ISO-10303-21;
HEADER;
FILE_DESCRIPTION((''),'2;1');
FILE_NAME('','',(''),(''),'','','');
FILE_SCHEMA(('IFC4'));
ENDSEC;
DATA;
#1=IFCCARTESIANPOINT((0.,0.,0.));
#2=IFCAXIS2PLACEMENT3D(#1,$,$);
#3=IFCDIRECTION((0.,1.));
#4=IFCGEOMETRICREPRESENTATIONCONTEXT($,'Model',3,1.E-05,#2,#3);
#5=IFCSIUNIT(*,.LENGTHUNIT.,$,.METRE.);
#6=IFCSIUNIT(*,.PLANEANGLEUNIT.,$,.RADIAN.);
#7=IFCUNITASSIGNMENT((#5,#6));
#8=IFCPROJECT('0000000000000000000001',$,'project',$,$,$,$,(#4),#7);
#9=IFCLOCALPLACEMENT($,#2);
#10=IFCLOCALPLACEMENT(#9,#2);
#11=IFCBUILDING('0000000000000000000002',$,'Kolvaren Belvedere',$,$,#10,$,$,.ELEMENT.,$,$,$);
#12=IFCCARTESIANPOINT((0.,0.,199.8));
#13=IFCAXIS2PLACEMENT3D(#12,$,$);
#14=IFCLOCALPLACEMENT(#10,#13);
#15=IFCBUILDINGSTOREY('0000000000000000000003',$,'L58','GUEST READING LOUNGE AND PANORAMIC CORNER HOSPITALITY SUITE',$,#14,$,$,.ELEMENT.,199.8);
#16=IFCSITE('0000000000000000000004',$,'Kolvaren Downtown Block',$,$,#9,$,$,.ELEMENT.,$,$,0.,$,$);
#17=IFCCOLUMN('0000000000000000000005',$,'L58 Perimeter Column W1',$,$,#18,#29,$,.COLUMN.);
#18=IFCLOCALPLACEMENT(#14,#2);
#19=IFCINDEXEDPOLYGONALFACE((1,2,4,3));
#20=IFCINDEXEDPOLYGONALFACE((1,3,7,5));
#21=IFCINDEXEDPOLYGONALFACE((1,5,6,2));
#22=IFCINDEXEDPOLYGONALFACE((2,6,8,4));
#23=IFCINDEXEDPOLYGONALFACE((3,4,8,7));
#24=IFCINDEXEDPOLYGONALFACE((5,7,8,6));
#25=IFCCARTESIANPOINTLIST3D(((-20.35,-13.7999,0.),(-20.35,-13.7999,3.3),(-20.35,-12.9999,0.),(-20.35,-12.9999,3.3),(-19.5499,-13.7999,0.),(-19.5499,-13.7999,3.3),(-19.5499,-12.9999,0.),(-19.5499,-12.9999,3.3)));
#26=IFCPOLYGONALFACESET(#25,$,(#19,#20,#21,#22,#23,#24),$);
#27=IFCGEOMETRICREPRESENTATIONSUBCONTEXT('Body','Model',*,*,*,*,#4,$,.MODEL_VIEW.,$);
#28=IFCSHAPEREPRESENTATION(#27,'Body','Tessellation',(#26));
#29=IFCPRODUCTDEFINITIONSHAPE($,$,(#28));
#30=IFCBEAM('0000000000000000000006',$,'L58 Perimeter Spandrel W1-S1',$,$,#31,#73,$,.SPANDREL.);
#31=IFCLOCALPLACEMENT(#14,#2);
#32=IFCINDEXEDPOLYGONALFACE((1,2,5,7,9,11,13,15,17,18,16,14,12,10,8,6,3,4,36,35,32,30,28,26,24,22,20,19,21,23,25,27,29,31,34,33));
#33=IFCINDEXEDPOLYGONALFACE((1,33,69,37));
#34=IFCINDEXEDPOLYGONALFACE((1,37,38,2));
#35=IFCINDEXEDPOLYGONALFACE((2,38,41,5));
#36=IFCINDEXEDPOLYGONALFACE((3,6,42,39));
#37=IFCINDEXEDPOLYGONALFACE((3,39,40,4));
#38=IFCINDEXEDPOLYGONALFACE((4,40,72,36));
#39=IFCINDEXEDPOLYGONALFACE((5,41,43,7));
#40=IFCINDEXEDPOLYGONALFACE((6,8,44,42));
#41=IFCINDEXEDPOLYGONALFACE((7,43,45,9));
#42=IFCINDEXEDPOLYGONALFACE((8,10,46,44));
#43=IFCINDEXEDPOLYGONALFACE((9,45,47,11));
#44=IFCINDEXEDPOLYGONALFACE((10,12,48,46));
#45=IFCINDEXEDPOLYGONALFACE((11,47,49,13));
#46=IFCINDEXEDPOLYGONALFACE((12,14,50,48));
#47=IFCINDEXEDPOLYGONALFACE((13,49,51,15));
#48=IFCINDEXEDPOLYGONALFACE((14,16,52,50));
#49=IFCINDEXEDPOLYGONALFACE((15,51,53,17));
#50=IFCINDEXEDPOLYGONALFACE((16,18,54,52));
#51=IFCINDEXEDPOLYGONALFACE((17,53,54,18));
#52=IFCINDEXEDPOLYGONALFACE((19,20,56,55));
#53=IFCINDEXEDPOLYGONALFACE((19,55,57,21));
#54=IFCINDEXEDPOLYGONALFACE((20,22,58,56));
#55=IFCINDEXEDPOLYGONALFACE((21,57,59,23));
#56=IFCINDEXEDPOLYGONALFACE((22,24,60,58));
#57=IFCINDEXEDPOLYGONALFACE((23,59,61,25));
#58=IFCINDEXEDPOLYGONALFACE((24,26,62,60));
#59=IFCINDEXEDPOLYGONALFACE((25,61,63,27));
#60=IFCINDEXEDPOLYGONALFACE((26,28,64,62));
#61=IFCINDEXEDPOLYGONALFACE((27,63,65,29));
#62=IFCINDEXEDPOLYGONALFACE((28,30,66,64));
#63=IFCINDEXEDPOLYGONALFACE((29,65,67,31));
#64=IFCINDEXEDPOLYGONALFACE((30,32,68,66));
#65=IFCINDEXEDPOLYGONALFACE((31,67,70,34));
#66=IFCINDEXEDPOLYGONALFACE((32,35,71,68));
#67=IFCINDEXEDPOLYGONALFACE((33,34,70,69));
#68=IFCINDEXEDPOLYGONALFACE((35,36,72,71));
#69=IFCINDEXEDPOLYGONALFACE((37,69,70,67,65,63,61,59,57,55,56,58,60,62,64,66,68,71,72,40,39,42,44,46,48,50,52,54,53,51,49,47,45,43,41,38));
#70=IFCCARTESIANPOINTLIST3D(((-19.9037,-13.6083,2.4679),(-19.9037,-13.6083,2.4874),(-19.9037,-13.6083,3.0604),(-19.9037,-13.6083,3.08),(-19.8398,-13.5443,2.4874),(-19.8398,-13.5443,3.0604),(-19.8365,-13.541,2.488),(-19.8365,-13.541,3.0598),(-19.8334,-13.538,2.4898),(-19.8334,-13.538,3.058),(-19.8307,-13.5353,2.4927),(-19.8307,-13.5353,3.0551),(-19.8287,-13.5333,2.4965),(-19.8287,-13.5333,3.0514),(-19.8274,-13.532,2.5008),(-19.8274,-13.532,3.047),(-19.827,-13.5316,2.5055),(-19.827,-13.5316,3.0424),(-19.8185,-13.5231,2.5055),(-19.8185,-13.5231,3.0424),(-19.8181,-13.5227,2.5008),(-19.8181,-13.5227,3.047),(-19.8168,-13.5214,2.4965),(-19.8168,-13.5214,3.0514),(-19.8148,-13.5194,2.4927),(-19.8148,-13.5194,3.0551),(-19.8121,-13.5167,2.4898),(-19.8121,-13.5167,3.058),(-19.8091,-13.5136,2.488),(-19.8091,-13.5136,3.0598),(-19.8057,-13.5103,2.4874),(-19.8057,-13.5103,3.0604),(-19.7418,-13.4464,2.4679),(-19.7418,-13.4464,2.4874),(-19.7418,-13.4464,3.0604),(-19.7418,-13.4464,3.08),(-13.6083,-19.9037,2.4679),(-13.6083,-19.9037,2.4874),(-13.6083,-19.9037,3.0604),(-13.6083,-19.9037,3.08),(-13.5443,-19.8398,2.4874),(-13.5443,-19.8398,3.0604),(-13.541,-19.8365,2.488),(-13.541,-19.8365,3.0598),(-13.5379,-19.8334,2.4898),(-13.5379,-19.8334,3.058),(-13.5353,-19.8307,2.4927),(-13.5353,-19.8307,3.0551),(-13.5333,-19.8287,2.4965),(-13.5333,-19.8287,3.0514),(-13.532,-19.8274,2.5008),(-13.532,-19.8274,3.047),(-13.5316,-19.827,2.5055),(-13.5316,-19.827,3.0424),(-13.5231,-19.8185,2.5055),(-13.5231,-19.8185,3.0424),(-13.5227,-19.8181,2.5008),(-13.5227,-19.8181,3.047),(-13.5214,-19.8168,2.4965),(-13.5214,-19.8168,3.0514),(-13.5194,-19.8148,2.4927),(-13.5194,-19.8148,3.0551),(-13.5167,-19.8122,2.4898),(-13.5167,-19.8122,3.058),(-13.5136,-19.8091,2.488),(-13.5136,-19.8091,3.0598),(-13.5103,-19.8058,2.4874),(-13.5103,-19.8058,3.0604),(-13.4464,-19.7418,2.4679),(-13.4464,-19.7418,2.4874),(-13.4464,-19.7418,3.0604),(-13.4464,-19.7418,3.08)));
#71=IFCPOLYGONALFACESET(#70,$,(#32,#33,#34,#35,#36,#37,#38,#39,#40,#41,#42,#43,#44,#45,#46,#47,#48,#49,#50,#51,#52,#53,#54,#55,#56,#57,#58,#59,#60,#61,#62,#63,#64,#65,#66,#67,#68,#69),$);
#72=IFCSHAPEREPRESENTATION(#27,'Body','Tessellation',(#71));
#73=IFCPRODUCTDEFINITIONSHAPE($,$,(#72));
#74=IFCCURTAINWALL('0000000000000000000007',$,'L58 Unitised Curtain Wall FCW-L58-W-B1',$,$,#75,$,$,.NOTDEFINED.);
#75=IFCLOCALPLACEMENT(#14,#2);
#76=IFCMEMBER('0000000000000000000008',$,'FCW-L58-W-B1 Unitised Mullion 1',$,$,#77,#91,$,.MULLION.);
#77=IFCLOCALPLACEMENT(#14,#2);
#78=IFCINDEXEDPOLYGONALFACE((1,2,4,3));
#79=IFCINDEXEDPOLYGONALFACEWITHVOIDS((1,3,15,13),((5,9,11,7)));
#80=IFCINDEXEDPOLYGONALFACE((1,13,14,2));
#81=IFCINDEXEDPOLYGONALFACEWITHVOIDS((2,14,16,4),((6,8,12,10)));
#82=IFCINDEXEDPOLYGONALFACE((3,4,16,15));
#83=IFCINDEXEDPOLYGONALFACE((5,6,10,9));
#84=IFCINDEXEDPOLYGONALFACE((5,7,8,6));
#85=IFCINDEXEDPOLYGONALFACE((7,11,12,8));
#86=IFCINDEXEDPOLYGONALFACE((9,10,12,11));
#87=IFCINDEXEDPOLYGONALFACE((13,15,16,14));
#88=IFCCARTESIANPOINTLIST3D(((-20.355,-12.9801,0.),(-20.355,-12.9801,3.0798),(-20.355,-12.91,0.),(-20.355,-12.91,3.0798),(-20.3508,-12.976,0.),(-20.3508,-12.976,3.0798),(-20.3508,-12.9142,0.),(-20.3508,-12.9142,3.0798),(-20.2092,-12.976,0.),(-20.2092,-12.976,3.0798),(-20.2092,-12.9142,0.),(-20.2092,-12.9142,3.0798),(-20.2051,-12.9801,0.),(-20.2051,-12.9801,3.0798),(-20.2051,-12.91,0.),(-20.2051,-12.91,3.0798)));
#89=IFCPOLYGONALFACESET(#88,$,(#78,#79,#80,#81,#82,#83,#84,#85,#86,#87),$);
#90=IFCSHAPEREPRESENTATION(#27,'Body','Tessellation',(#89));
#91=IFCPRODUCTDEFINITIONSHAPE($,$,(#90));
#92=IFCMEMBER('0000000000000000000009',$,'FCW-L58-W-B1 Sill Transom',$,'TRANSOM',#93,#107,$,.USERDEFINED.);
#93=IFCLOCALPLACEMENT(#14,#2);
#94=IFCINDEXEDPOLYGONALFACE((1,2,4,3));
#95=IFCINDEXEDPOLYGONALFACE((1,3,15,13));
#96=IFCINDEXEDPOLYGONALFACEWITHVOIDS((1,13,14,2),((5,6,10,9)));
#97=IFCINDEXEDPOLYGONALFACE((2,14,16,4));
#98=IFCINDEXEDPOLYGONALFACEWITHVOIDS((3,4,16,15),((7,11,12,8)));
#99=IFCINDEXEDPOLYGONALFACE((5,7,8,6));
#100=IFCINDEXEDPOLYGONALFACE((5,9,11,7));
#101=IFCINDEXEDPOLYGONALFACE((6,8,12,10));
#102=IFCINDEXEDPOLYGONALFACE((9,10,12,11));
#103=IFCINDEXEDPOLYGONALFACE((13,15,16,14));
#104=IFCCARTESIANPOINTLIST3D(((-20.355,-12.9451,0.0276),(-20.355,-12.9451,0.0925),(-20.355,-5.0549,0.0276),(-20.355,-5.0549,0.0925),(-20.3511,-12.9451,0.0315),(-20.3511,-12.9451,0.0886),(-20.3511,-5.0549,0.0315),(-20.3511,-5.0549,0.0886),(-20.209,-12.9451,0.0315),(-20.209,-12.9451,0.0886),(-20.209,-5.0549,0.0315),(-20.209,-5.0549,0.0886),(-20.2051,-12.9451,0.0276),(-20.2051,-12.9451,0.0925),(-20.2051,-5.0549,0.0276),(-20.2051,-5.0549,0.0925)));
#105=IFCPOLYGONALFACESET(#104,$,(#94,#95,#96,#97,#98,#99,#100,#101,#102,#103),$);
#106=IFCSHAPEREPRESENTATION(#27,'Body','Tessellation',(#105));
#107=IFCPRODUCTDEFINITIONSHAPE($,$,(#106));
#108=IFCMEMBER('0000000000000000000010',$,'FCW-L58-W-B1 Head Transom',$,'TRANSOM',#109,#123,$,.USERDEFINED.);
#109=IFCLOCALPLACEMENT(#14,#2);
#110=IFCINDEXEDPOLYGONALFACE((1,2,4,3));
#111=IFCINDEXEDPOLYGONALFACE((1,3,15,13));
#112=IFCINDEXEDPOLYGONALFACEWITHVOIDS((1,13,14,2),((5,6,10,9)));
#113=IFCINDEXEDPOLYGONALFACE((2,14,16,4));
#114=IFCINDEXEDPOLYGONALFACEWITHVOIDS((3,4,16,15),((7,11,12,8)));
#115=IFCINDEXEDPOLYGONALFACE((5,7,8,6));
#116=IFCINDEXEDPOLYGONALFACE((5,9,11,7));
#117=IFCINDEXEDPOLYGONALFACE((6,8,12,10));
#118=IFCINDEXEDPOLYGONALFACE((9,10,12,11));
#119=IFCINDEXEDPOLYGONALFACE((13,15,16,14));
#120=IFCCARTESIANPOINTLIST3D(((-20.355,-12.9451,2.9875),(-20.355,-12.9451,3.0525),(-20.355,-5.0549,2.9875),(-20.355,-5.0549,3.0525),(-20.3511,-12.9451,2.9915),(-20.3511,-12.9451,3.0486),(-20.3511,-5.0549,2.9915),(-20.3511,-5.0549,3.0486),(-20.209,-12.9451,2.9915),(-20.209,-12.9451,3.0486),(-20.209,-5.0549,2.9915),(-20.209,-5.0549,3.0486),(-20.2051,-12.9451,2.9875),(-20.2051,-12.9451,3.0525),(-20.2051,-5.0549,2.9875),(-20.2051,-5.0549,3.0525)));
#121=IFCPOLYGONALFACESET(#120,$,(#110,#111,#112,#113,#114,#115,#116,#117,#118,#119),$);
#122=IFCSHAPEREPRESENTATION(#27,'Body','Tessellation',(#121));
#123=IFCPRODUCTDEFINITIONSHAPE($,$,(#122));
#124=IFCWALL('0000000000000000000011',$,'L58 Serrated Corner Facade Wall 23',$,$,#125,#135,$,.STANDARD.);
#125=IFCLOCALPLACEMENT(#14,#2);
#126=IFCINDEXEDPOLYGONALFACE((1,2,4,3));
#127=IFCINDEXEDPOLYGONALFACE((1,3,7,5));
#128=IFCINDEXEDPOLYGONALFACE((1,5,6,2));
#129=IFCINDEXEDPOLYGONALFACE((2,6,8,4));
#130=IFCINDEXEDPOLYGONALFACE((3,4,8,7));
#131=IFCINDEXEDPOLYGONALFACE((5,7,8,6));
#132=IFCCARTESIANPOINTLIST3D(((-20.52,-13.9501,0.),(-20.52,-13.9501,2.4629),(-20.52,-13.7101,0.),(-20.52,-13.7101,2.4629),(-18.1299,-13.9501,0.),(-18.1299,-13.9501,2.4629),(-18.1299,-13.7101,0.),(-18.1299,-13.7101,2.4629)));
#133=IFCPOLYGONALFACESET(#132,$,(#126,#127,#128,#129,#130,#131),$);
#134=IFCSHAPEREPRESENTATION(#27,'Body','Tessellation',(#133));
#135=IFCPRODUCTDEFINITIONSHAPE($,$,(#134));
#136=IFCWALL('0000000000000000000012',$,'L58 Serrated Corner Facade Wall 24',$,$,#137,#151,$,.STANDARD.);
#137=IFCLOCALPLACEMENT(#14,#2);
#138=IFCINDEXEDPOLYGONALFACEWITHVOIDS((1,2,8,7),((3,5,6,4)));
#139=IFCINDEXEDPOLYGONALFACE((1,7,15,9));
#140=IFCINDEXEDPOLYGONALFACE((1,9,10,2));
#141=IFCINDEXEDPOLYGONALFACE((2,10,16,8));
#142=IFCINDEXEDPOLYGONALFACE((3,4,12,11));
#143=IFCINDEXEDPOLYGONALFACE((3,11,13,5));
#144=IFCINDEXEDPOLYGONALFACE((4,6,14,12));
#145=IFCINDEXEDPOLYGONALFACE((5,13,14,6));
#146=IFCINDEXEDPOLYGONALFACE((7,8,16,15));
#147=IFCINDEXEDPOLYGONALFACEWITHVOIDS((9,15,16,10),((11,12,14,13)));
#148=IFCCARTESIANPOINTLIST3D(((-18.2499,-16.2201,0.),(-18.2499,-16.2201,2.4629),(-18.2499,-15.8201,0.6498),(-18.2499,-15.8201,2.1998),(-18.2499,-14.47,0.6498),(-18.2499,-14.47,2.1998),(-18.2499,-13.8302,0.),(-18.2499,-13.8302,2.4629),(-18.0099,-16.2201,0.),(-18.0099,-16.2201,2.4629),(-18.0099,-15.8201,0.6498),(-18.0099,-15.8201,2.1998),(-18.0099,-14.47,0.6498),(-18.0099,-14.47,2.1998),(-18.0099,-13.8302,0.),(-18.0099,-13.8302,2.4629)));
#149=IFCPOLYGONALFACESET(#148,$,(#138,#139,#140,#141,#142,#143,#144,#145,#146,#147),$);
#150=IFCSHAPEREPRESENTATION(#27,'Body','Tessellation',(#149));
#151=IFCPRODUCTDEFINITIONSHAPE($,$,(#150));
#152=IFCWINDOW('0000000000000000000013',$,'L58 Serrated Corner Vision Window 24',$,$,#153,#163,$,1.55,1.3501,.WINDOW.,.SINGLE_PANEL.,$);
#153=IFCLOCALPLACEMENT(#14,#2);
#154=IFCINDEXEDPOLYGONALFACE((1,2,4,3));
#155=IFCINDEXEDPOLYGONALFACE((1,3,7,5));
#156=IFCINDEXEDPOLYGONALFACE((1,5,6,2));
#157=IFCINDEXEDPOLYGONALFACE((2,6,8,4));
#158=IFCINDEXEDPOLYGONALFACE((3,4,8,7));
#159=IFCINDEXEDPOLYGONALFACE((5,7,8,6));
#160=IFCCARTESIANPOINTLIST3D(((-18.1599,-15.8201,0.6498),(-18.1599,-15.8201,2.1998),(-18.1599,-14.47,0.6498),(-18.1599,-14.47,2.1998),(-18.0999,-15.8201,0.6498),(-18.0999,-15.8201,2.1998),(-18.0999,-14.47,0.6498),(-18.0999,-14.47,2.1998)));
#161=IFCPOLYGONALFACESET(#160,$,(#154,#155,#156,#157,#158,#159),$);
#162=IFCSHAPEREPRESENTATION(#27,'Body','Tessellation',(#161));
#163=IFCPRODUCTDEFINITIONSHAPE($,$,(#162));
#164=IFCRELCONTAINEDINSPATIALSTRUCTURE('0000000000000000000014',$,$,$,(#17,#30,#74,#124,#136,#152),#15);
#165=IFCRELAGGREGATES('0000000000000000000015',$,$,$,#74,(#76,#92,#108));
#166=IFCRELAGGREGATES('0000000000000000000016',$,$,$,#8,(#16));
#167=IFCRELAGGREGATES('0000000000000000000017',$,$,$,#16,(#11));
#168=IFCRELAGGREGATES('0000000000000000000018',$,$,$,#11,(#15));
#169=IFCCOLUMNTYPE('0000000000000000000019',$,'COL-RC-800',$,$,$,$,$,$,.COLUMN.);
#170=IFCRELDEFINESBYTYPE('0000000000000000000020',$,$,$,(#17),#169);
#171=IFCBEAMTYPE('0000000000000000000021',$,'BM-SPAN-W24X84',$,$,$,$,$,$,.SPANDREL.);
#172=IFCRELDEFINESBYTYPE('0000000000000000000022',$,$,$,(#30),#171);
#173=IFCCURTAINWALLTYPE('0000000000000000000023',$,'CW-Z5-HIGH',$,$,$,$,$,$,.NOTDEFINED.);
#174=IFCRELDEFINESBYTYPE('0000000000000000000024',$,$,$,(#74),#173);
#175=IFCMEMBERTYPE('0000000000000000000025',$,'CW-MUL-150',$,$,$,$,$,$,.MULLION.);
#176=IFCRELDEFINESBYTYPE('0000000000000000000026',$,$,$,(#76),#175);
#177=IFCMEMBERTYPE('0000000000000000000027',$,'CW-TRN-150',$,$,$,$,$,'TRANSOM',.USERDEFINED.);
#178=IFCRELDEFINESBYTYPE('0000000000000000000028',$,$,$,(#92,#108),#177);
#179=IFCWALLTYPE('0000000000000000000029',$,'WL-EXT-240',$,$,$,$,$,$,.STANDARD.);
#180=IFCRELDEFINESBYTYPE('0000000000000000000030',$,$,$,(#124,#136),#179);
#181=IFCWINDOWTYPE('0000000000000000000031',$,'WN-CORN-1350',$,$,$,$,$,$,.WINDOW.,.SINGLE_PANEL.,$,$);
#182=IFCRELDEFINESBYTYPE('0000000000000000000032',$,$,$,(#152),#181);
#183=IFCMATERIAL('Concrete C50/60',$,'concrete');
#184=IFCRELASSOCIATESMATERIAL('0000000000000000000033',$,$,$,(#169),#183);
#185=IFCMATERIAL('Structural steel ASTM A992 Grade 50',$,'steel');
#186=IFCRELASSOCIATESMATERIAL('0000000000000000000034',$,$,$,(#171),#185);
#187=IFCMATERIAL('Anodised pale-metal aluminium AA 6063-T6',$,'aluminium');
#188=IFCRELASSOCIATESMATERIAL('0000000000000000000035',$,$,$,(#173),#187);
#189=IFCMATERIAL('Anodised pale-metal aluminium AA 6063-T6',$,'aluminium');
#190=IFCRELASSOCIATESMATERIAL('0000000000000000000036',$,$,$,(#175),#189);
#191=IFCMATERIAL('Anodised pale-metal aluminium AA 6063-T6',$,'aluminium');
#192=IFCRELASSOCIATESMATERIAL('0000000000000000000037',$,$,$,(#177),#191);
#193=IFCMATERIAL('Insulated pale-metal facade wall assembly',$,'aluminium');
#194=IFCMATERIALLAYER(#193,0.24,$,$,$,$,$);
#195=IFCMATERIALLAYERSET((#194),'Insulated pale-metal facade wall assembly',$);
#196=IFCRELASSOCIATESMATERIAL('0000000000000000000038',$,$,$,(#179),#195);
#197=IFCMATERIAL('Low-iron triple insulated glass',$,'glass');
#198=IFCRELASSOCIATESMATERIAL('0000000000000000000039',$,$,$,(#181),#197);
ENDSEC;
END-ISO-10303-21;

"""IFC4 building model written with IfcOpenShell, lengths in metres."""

from ifc_helpers import new_model, si_unit, direction, frame, frame_2d, origin, origin_2d, place, context, subcontext, project, spatial, rectangle, hollow_rectangle, i_section, extrude, material, layer, layer_set, material_profile, profile_set, type_object, element, fill, aggregate, save


model = new_model("IFC4")

# Units and contexts
model_context = context("Model", 3, precision=1e-05, world=origin(), true_north=direction((0.0, 1.0)))
body_context = subcontext(model_context, "Body", "Model", "MODEL_VIEW")
ifc_project = project(units=[si_unit("LENGTHUNIT", "METRE"), si_unit("PLANEANGLEUNIT", "RADIAN")], contexts=[model_context])

# Site, building, storey
site_placement = place(None, origin())
site = spatial("IfcSite", under=ifc_project, at=site_placement, Name="Kolvaren Downtown Block", CompositionType="ELEMENT", RefElevation=0.0)
building_placement = place(site_placement, origin())
building = spatial("IfcBuilding", under=site, at=building_placement, Name="Kolvaren Belvedere", CompositionType="ELEMENT")
storey_placement = place(building_placement, frame((0.0, 0.0, 199.8)))
storey = spatial("IfcBuildingStorey", under=building, at=storey_placement, Name="L58", Description="GUEST READING LOUNGE AND PANORAMIC CORNER HOSPITALITY SUITE", CompositionType="ELEMENT", Elevation=199.8)

# Column
ifc_material_1 = material(Name="Concrete C50/60", Category="concrete")
ifc_material_profile_1 = material_profile(ifc_material_1, rectangle(XDim=0.8, YDim=0.8, at=origin_2d()), Name="RC 800X800")
ifc_profile_set_1 = profile_set([ifc_material_profile_1], Name="Concrete C50/60")
column_type = type_object("IfcColumnType", Name="COL-RC-800", PredefinedType="COLUMN", material=ifc_profile_set_1)
column_placement = place(storey_placement, frame((-19.95, -13.3999, 0.0), z_axis=(0.0, 0.0, 1.0), x_axis=(1.0, 0.0, 0.0)))
element("IfcColumn", 1, at=column_placement, inside=storey, type_object=column_type, Name="L58 Perimeter Column W1", PredefinedType="COLUMN", context=body_context, shape_type="SweptSolid", body=[
    extrude(rectangle(XDim=0.8, YDim=0.8, at=origin_2d()), origin(), (0.0, 0.0, 1.0), 3.3),
])

# Beam
ifc_material_2 = material(Name="Structural steel ASTM A992 Grade 50", Category="steel")
ifc_material_profile_2 = material_profile(ifc_material_2, i_section(OverallWidth=0.229, OverallDepth=0.6121, WebThickness=0.012, FlangeThickness=0.0195, FilletRadius=0.0181, at=origin_2d()), Name="W24X84")
ifc_profile_set_2 = profile_set([ifc_material_profile_2], Name="Structural steel ASTM A992 Grade 50")
beam_type = type_object("IfcBeamType", Name="BM-SPAN-W24X84", PredefinedType="SPANDREL", material=ifc_profile_set_2)
beam_placement = place(storey_placement, frame((-19.8228, -13.5273, 2.7739), z_axis=(0.707107, -0.707107, 0.0), x_axis=(0.707107, 0.707107, 0.0)))
element("IfcBeam", 2, at=beam_placement, inside=storey, type_object=beam_type, Name="L58 Perimeter Spandrel W1-S1", PredefinedType="SPANDREL", context=body_context, shape_type="SweptSolid", body=[
    extrude(i_section(OverallWidth=0.229, OverallDepth=0.6121, WebThickness=0.012, FlangeThickness=0.0195, FilletRadius=0.0181, at=origin_2d()), origin(), (0.0, 0.0, 1.0), 8.9031),
])

# Curtain wall, members
ifc_material_3 = material(Name="Anodised pale-metal aluminium AA 6063-T6", Category="aluminium")
curtain_wall_type = type_object("IfcCurtainWallType", Name="CW-Z5-HIGH", PredefinedType="NOTDEFINED", material=ifc_material_3)
curtain_wall_placement = place(storey_placement, origin())
curtain_wall = element("IfcCurtainWall", 3, at=curtain_wall_placement, inside=storey, type_object=curtain_wall_type, Name="L58 Unitised Curtain Wall FCW-L58-W-B1", PredefinedType="NOTDEFINED")
ifc_material_4 = material(Name="Anodised pale-metal aluminium AA 6063-T6", Category="aluminium")
ifc_material_profile_3 = material_profile(ifc_material_4, hollow_rectangle(XDim=0.0701, YDim=0.1499, WallThickness=0.0042, at=origin_2d()), Name="ALU-MUL-150X70")
ifc_profile_set_3 = profile_set([ifc_material_profile_3], Name="Anodised pale-metal aluminium AA 6063-T6")
member_type_1 = type_object("IfcMemberType", Name="CW-MUL-150", PredefinedType="MULLION", material=ifc_profile_set_3)
member_1_placement = place(storey_placement, frame((-20.28, -12.9451, 0.0), z_axis=(0.0, 0.0, 1.0), x_axis=(0.0, 1.0, 0.0)))
member_1 = element("IfcMember", 4, at=member_1_placement, type_object=member_type_1, Name="FCW-L58-W-B1 Unitised Mullion 1", PredefinedType="MULLION", context=body_context, shape_type="SweptSolid", body=[
    extrude(hollow_rectangle(XDim=0.0701, YDim=0.1499, WallThickness=0.0042, at=origin_2d()), origin(), (0.0, 0.0, 1.0), 3.0798),
])
ifc_material_5 = material(Name="Anodised pale-metal aluminium AA 6063-T6", Category="aluminium")
ifc_material_profile_4 = material_profile(ifc_material_5, hollow_rectangle(XDim=0.0649, YDim=0.1499, WallThickness=0.0039, at=origin_2d()), Name="ALU-TRN-150X65")
ifc_profile_set_4 = profile_set([ifc_material_profile_4], Name="Anodised pale-metal aluminium AA 6063-T6")
member_type_2 = type_object("IfcMemberType", Name="CW-TRN-150", ElementType="TRANSOM", PredefinedType="USERDEFINED", material=ifc_profile_set_4)
member_2_placement = place(storey_placement, frame((-20.28, -12.9451, 0.0601), z_axis=(0.0, 1.0, 0.0), x_axis=(0.0, 0.0, 1.0)))
member_2 = element("IfcMember", 5, at=member_2_placement, type_object=member_type_2, Name="FCW-L58-W-B1 Sill Transom", ObjectType="TRANSOM", PredefinedType="USERDEFINED", context=body_context, shape_type="SweptSolid", body=[
    extrude(hollow_rectangle(XDim=0.0649, YDim=0.1499, WallThickness=0.0039, at=origin_2d()), origin(), (0.0, 0.0, 1.0), 7.8901),
])
member_3_placement = place(storey_placement, frame((-20.28, -12.9451, 3.02), z_axis=(0.0, 1.0, 0.0), x_axis=(0.0, 0.0, 1.0)))
member_3 = element("IfcMember", 6, at=member_3_placement, type_object=member_type_2, Name="FCW-L58-W-B1 Head Transom", ObjectType="TRANSOM", PredefinedType="USERDEFINED", context=body_context, shape_type="SweptSolid", body=[
    extrude(hollow_rectangle(XDim=0.0649, YDim=0.1499, WallThickness=0.0039, at=origin_2d()), origin(), (0.0, 0.0, 1.0), 7.8901),
])
aggregate(curtain_wall, [member_1, member_2, member_3])

# Wall
ifc_material_6 = material(Name="Insulated pale-metal facade wall assembly", Category="aluminium")
ifc_layer_1 = layer(ifc_material_6, 0.24)
ifc_layer_set_1 = layer_set([ifc_layer_1], Name="Insulated pale-metal facade wall assembly")
wall_type_1 = type_object("IfcWallType", Name="WL-EXT-240", PredefinedType="STANDARD", material=ifc_layer_set_1)
wall_1_placement = place(storey_placement, frame((-18.1299, -13.8301, 0.0), z_axis=(0.0, 0.0, 1.0), x_axis=(-1.0, 0.0, 0.0)))
element("IfcWall", 7, at=wall_1_placement, inside=storey, type_object=wall_type_1, Name="L58 Serrated Corner Facade Wall 23", PredefinedType="STANDARD", context=body_context, shape_type="SweptSolid", body=[
    extrude(rectangle(XDim=2.3901, YDim=0.24, at=frame_2d((1.1951, 0.0))), origin(), (0.0, 0.0, 1.0), 2.4629),
])

# Wall, opening, window
wall_2_placement = place(storey_placement, frame((-18.1299, -16.22, 0.0), z_axis=(0.0, 0.0, 1.0), x_axis=(0.0, 1.0, 0.0)))
wall_2 = element("IfcWall", 8, at=wall_2_placement, inside=storey, type_object=wall_type_1, Name="L58 Serrated Corner Facade Wall 24", PredefinedType="STANDARD", context=body_context, shape_type="SweptSolid", body=[
    extrude(rectangle(XDim=2.3899, YDim=0.24, at=frame_2d((1.1948, 0.0))), origin(), (0.0, 0.0, 1.0), 2.4629),
])
opening_1_placement = place(wall_2_placement, frame((0.3999, 0.0, 0.6499)))
opening_1 = element("IfcOpeningElement", 9, at=opening_1_placement, cuts=wall_2, PredefinedType="OPENING", context=body_context, shape_type="SweptSolid", body=[
    extrude(rectangle(XDim=1.3501, YDim=1.55, at=frame_2d((0.675, 0.7749))), frame((0.0, 0.1299, 0.0), z_axis=(0.0, -1.0, 0.0), x_axis=(1.0, 0.0, 0.0)), (0.0, 0.0, 1.0), 0.26),
])
ifc_material_7 = material(Name="Low-iron triple insulated glass", Category="glass")
window_type_1 = type_object("IfcWindowType", Name="WN-CORN-1350", PartitioningType="SINGLE_PANEL", PredefinedType="WINDOW", material=ifc_material_7)
window_1_placement = place(opening_1_placement, origin())
window_1 = element("IfcWindow", 10, at=window_1_placement, inside=storey, type_object=window_type_1, Name="L58 Serrated Corner Vision Window 24", OverallHeight=1.55, OverallWidth=1.3501, PartitioningType="SINGLE_PANEL", PredefinedType="WINDOW", context=body_context, shape_type="SweptSolid", body=[
    extrude(rectangle(XDim=1.3501, YDim=1.55, at=frame_2d((0.675, 0.7749))), frame((0.0, 0.03, 0.0), z_axis=(0.0, -1.0, 0.0), x_axis=(1.0, 0.0, 0.0)), (0.0, 0.0, 1.0), 0.0601),
])
fill(opening_1, window_1)

save(model, "model.ifc")
